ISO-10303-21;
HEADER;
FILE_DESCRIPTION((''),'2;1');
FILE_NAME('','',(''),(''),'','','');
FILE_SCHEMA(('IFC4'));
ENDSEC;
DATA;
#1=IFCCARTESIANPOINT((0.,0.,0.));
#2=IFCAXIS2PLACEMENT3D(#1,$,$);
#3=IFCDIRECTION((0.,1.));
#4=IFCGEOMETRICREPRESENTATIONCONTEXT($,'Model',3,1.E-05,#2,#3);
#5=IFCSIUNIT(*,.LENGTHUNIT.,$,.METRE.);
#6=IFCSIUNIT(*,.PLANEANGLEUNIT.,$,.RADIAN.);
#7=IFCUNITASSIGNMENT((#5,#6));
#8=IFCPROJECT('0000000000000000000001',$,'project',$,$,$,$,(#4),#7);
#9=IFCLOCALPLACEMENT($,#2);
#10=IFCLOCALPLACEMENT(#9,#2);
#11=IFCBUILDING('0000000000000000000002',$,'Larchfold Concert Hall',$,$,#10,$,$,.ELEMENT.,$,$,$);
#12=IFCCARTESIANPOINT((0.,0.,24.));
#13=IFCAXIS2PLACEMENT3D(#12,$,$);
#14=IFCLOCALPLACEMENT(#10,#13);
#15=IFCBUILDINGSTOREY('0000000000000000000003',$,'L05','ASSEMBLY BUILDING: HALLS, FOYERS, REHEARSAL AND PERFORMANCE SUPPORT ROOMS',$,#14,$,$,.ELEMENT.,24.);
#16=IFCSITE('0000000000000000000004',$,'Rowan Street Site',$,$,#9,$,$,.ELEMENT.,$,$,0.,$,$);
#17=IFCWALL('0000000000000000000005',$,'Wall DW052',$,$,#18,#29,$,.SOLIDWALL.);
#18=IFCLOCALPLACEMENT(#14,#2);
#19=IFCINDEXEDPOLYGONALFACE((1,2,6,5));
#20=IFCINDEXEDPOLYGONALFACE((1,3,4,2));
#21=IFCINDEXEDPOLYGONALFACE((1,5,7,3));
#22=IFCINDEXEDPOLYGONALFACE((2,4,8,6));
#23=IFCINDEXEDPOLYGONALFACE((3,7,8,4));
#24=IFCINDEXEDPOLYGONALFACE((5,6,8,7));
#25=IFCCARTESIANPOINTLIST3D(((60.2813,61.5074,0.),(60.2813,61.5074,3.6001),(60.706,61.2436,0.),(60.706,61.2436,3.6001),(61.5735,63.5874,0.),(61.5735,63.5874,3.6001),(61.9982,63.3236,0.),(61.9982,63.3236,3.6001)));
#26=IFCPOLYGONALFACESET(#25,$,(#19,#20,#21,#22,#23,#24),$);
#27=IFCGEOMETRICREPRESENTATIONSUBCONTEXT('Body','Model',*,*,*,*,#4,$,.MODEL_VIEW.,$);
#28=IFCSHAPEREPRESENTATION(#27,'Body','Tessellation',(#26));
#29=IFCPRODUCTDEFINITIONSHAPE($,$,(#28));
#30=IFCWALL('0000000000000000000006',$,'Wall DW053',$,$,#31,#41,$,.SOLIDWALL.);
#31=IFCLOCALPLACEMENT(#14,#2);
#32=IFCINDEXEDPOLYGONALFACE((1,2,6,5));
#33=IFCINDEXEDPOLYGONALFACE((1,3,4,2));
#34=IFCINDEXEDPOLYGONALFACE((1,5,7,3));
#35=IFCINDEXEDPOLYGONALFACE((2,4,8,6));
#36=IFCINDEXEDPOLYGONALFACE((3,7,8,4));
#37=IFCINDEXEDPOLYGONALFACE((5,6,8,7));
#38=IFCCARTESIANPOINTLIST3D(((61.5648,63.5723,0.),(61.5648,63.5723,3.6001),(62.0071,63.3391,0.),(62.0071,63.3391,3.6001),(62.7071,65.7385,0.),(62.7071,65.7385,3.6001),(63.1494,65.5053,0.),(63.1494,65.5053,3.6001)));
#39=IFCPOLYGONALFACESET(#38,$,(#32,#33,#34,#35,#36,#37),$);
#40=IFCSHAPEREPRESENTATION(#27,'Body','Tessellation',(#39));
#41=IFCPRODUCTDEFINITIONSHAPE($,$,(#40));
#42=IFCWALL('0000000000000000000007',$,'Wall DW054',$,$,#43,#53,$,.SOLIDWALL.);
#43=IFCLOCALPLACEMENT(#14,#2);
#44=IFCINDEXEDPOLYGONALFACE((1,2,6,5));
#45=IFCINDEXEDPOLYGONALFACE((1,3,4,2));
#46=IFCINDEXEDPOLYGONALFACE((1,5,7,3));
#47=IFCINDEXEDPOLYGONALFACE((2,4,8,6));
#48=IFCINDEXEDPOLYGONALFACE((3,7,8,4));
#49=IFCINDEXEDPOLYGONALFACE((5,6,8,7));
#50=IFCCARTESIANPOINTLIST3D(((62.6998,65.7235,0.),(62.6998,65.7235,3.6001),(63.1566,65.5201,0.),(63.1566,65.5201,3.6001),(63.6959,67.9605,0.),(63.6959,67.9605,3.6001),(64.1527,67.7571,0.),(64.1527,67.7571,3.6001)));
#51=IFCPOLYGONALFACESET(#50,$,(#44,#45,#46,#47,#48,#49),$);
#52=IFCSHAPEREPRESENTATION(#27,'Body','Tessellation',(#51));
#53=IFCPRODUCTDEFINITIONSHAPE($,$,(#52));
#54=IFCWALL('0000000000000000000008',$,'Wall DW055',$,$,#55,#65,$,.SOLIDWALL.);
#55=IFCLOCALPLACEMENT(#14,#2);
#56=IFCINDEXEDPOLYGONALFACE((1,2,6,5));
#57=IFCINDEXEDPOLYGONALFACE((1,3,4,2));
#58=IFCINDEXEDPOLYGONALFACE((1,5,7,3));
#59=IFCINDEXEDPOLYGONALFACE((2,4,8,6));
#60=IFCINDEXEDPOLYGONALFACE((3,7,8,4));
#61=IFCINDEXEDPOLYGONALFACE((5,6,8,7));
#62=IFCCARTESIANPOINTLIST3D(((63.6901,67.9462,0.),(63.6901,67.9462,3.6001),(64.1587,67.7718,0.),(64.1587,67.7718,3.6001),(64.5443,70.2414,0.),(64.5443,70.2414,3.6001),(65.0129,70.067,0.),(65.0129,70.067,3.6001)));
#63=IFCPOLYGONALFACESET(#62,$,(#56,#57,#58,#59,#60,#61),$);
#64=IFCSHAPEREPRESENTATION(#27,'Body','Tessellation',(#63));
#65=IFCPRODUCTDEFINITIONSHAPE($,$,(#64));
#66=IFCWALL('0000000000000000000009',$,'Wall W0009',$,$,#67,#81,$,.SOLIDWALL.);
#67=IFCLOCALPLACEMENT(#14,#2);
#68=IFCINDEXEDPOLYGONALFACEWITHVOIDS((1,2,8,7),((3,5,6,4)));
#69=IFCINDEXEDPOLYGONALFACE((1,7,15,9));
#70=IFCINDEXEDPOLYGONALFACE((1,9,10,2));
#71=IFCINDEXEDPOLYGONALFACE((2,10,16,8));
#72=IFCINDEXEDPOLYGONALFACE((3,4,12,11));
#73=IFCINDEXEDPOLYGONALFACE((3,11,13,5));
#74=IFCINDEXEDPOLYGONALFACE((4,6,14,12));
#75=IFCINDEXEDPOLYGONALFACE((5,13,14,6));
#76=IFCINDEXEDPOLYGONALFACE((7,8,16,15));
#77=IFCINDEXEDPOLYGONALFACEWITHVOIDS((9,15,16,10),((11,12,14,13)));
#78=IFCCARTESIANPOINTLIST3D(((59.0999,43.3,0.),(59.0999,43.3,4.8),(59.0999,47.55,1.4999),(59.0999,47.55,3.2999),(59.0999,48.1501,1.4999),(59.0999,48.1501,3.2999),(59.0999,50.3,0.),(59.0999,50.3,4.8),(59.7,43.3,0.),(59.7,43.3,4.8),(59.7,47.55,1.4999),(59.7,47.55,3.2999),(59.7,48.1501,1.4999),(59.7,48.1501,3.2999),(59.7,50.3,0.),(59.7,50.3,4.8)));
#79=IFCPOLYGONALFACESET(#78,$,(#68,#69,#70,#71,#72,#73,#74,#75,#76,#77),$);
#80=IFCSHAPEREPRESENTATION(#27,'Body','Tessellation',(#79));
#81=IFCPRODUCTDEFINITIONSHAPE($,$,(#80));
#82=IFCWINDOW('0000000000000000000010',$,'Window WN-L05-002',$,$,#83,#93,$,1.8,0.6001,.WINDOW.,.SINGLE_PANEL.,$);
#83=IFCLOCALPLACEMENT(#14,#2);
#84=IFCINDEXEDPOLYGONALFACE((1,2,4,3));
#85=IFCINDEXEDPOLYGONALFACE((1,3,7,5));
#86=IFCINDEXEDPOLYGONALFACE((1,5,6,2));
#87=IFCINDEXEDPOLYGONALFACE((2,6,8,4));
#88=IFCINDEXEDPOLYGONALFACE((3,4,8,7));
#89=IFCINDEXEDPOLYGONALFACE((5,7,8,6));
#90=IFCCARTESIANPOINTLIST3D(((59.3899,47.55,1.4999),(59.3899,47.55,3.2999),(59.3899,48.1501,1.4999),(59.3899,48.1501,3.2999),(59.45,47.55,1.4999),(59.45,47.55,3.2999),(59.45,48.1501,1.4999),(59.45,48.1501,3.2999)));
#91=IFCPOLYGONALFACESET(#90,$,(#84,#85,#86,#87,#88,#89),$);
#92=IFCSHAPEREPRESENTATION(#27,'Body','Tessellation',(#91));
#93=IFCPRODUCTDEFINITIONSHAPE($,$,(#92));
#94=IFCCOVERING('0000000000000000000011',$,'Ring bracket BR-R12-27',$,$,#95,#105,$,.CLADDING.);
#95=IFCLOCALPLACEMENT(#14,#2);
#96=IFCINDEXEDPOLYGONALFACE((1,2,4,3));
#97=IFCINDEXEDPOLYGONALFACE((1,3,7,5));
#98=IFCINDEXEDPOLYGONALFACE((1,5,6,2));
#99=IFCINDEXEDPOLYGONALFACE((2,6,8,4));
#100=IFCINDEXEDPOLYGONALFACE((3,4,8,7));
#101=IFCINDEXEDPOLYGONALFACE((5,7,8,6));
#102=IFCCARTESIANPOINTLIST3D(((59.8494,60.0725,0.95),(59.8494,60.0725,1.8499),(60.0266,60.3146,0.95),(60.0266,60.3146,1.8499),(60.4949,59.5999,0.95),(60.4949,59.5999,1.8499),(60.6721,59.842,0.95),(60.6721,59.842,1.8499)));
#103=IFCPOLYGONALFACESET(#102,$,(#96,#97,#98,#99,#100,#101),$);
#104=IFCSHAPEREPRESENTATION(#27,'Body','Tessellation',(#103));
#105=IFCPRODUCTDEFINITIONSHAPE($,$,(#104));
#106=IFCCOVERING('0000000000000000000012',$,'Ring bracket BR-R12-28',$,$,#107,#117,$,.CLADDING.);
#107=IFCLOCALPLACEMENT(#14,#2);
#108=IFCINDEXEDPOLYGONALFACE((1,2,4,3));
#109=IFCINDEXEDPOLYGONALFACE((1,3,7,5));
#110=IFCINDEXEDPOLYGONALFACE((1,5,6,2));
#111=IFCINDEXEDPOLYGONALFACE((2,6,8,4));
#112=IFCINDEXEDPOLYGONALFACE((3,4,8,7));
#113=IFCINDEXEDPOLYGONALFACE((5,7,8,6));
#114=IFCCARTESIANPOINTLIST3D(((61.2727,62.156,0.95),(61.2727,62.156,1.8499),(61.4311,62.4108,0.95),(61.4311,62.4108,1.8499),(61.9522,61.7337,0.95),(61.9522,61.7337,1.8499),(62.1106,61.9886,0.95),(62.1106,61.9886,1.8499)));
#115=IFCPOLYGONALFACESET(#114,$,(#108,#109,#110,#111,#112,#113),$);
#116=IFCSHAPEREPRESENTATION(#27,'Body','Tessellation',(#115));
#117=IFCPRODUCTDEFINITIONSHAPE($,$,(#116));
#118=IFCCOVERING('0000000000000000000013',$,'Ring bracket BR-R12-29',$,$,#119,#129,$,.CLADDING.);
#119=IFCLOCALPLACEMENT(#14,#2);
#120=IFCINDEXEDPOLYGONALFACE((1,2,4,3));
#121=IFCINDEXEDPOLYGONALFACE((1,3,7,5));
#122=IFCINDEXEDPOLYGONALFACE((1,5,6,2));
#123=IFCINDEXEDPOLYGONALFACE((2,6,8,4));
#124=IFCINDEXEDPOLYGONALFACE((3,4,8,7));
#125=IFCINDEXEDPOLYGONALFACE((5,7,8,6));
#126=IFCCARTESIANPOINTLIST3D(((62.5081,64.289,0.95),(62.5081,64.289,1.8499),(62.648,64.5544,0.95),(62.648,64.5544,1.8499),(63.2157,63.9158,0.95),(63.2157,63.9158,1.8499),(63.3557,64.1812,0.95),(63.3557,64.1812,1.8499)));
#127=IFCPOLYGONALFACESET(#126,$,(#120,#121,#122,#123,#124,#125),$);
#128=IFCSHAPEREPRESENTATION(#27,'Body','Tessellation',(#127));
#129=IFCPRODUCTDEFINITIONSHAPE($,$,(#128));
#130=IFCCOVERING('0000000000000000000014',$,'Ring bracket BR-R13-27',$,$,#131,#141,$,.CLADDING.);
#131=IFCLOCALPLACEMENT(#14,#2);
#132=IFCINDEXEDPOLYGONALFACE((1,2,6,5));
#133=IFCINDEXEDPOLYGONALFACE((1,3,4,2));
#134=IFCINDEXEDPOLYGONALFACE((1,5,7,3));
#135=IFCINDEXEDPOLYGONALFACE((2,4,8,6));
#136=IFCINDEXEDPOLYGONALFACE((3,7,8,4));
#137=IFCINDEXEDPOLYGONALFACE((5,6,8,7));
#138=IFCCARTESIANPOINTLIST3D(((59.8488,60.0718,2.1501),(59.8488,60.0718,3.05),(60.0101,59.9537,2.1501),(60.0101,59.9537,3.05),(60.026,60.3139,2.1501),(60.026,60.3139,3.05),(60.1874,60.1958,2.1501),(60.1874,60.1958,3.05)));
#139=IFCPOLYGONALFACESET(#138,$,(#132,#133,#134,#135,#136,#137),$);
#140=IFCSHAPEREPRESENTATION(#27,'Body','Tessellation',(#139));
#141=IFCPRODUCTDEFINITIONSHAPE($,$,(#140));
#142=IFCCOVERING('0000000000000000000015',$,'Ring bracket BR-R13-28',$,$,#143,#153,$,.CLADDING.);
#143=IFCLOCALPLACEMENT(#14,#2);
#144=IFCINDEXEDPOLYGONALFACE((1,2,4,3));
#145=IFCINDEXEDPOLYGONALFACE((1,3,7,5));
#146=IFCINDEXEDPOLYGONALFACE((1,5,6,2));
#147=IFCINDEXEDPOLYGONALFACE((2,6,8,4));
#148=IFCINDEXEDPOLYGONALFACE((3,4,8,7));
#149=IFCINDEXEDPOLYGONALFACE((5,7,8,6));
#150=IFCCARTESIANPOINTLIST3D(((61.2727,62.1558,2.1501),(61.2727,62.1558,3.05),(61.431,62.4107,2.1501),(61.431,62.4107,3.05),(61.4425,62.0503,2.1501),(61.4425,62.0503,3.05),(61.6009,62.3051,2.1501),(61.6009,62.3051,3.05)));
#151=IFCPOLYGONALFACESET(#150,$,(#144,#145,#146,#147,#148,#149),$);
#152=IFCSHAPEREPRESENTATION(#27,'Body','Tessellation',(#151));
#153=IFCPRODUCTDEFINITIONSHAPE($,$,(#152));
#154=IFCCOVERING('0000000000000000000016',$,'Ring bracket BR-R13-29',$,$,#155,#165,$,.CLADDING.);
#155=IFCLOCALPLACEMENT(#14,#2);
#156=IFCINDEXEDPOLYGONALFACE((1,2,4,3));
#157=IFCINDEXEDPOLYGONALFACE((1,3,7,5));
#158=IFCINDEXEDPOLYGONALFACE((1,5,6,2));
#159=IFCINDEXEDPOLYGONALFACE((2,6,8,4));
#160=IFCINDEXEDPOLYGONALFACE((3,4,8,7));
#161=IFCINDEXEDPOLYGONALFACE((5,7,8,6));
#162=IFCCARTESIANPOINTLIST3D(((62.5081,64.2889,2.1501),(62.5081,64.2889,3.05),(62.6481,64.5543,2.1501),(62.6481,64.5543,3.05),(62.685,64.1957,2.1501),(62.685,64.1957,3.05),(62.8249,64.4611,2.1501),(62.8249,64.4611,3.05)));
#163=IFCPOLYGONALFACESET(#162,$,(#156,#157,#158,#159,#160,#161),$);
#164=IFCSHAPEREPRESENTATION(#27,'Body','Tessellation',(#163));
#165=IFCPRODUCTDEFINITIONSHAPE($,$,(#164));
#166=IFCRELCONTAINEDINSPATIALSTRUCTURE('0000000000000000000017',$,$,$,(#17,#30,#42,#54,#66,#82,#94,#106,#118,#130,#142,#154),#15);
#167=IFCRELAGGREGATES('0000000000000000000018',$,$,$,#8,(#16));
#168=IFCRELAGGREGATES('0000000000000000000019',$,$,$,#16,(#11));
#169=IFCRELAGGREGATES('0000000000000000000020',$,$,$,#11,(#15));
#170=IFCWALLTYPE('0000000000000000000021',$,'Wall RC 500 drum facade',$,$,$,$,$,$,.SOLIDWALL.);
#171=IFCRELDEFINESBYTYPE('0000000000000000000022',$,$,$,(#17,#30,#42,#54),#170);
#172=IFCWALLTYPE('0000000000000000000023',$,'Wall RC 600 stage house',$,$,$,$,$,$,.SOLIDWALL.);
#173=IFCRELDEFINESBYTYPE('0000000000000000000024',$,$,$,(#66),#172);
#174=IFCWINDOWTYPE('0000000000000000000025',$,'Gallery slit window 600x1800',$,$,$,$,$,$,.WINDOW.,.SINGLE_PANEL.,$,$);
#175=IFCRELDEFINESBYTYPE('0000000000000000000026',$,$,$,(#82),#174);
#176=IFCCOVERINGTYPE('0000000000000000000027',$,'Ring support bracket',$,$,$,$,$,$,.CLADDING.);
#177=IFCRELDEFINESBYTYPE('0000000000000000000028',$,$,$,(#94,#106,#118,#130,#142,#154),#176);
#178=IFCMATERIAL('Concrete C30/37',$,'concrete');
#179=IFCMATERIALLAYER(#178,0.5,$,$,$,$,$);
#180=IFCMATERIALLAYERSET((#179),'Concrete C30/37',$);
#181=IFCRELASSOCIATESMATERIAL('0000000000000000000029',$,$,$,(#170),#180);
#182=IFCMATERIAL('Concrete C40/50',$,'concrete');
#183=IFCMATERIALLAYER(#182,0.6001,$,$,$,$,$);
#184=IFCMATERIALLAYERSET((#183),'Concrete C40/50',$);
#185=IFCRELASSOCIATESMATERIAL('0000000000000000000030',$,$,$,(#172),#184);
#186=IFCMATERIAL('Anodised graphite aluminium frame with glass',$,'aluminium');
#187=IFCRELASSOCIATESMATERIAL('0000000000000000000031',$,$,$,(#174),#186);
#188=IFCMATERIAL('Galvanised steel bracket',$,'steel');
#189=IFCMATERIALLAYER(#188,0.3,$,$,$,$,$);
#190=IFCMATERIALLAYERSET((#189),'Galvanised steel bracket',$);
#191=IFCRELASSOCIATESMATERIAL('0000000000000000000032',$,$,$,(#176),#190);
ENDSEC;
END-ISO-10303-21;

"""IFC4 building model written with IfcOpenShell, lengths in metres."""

from ifc_helpers import new_model, si_unit, direction, frame, frame_2d, origin, origin_2d, place, context, subcontext, project, spatial, rectangle, extrude, material, layer, layer_set, type_object, element, fill, save


model = new_model("IFC4")

# Units and contexts
model_context = context("Model", 3, precision=1e-05, world=origin(), true_north=direction((0.0, 1.0)))
body_context = subcontext(model_context, "Body", "Model", "MODEL_VIEW")
ifc_project = project(units=[si_unit("LENGTHUNIT", "METRE"), si_unit("PLANEANGLEUNIT", "RADIAN")], contexts=[model_context])

# Site, building, storey
site_placement = place(None, origin())
site = spatial("IfcSite", under=ifc_project, at=site_placement, Name="Rowan Street Site", CompositionType="ELEMENT", RefElevation=0.0)
building_placement = place(site_placement, origin())
building = spatial("IfcBuilding", under=site, at=building_placement, Name="Larchfold Concert Hall", CompositionType="ELEMENT")
storey_placement = place(building_placement, frame((0.0, 0.0, 24.0)))
storey = spatial("IfcBuildingStorey", under=building, at=storey_placement, Name="L05", Description="ASSEMBLY BUILDING: HALLS, FOYERS, REHEARSAL AND PERFORMANCE SUPPORT ROOMS", CompositionType="ELEMENT", Elevation=24.0)

# Walls
ifc_material_1 = material(Name="Concrete C30/37", Category="concrete")
ifc_layer_1 = layer(ifc_material_1, 0.5)
ifc_layer_set_1 = layer_set([ifc_layer_1], Name="Concrete C30/37")
wall_type_1 = type_object("IfcWallType", Name="Wall RC 500 drum facade", PredefinedType="SOLIDWALL", material=ifc_layer_set_1)
wall_1_placement = place(storey_placement, frame((60.4937, 61.3755, 0.0), z_axis=(0.0, 0.0, 1.0), x_axis=(0.527703, 0.849429, 0.0)))
element("IfcWall", 1, at=wall_1_placement, inside=storey, type_object=wall_type_1, Name="Wall DW052", PredefinedType="SOLIDWALL", context=body_context, shape_type="SweptSolid", body=[
    extrude(rectangle(XDim=2.4487, YDim=0.5, at=frame_2d((1.2244, 0.0))), origin(), (0.0, 0.0, 1.0), 3.6001),
])
wall_2_placement = place(storey_placement, frame((61.7859, 63.4556, 0.0), z_axis=(0.0, 0.0, 1.0), x_axis=(0.466449, 0.884548, 0.0)))
element("IfcWall", 2, at=wall_2_placement, inside=storey, type_object=wall_type_1, Name="Wall DW053", PredefinedType="SOLIDWALL", context=body_context, shape_type="SweptSolid", body=[
    extrude(rectangle(XDim=2.449, YDim=0.5, at=frame_2d((1.2246, 0.0))), origin(), (0.0, 0.0, 1.0), 3.6001),
])
wall_3_placement = place(storey_placement, frame((62.9282, 65.6218, 0.0), z_axis=(0.0, 0.0, 1.0), x_axis=(0.406767, 0.913532, 0.0)))
element("IfcWall", 3, at=wall_3_placement, inside=storey, type_object=wall_type_1, Name="Wall DW054", PredefinedType="SOLIDWALL", context=body_context, shape_type="SweptSolid", body=[
    extrude(rectangle(XDim=2.4487, YDim=0.5, at=frame_2d((1.2244, 0.0))), origin(), (0.0, 0.0, 1.0), 3.6001),
])
wall_4_placement = place(storey_placement, frame((63.9243, 67.8589, 0.0), z_axis=(0.0, 0.0, 1.0), x_axis=(0.348817, 0.937191, 0.0)))
element("IfcWall", 4, at=wall_4_placement, inside=storey, type_object=wall_type_1, Name="Wall DW055", PredefinedType="SOLIDWALL", context=body_context, shape_type="SweptSolid", body=[
    extrude(rectangle(XDim=2.449, YDim=0.5, at=frame_2d((1.2246, 0.0))), origin(), (0.0, 0.0, 1.0), 3.6001),
])

# Wall, opening, window
ifc_material_2 = material(Name="Concrete C40/50", Category="concrete")
ifc_layer_2 = layer(ifc_material_2, 0.6001)
ifc_layer_set_2 = layer_set([ifc_layer_2], Name="Concrete C40/50")
wall_type_2 = type_object("IfcWallType", Name="Wall RC 600 stage house", PredefinedType="SOLIDWALL", material=ifc_layer_set_2)
wall_5_placement = place(storey_placement, frame((59.3999, 43.3, 0.0), z_axis=(0.0, 0.0, 1.0), x_axis=(0.0, 1.0, 0.0)))
wall_5 = element("IfcWall", 5, at=wall_5_placement, inside=storey, type_object=wall_type_2, Name="Wall W0009", PredefinedType="SOLIDWALL", context=body_context, shape_type="SweptSolid", body=[
    extrude(rectangle(XDim=7.0, YDim=0.6001, at=frame_2d((3.5, 0.0))), origin(), (0.0, 0.0, 1.0), 4.8),
])
opening_placement = place(wall_5_placement, frame((4.25, 0.0, 1.5)))
opening = element("IfcOpeningElement", 6, at=opening_placement, cuts=wall_5, PredefinedType="OPENING", context=body_context, shape_type="SweptSolid", body=[
    extrude(rectangle(XDim=0.6001, YDim=1.8, at=frame_2d((0.3, 0.8999))), frame((0.0, 0.3101, 0.0), z_axis=(0.0, -1.0, 0.0), x_axis=(1.0, 0.0, 0.0)), (0.0, 0.0, 1.0), 0.6201),
])
ifc_material_3 = material(Name="Anodised graphite aluminium frame with glass", Category="aluminium")
window_type = type_object("IfcWindowType", Name="Gallery slit window 600x1800", PartitioningType="SINGLE_PANEL", PredefinedType="WINDOW", material=ifc_material_3)
window_placement = place(opening_placement, origin())
window = element("IfcWindow", 7, at=window_placement, inside=storey, type_object=window_type, Name="Window WN-L05-002", OverallHeight=1.8, OverallWidth=0.6001, PartitioningType="SINGLE_PANEL", PredefinedType="WINDOW", context=body_context, shape_type="SweptSolid", body=[
    extrude(rectangle(XDim=0.6001, YDim=1.8, at=frame_2d((0.3, 0.8999))), frame((0.0, 0.01, 0.0), z_axis=(0.0, -1.0, 0.0), x_axis=(1.0, 0.0, 0.0)), (0.0, 0.0, 1.0), 0.0601),
])
fill(opening, window)

# Coverings
ifc_material_4 = material(Name="Galvanised steel bracket", Category="steel")
ifc_layer_3 = layer(ifc_material_4, 0.3)
ifc_layer_set_3 = layer_set([ifc_layer_3], Name="Galvanised steel bracket")
covering_type = type_object("IfcCoveringType", Name="Ring support bracket", PredefinedType="CLADDING", material=ifc_layer_set_3)
for number, where, z_axis, x_axis, name in (
    (8, (60.2607, 59.9573, 0.95), (0.0, 0.0, 1.0), (0.806849, -0.590758, 0.0), "Ring bracket BR-R12-27"),
    (9, (61.6917, 62.0723, 0.95), (0.0, 0.0, 1.0), (0.849391, -0.527764, 0.0), "Ring bracket BR-R12-28"),
    (10, (62.9319, 64.2351, 0.95), (0.0, 0.0, 1.0), (0.884536, -0.466473, 0.0), "Ring bracket BR-R12-29"),
):
    element("IfcCovering", number, at=place(storey_placement, frame(where, z_axis=z_axis, x_axis=x_axis)), inside=storey, type_object=covering_type, Name=name, PredefinedType="CLADDING", context=body_context, shape_type="SweptSolid", body=[
        extrude(rectangle(XDim=0.8, YDim=0.3, at=origin_2d()), origin(), (0.0, 0.0, 1.0), 0.8999),
    ])
for number, where, z_axis, x_axis, name in (
    (11, (60.0181, 60.1338, 2.1501), (0.0, 0.0, 1.0), (0.806849, -0.590758, 0.0), "Ring bracket BR-R13-27"),
    (12, (61.4368, 62.2305, 2.1501), (0.0, 0.0, 1.0), (0.849391, -0.527764, 0.0), "Ring bracket BR-R13-28"),
    (13, (62.6665, 64.375, 2.1501), (0.0, 0.0, 1.0), (0.884536, -0.466473, 0.0), "Ring bracket BR-R13-29"),
):
    element("IfcCovering", number, at=place(storey_placement, frame(where, z_axis=z_axis, x_axis=x_axis)), inside=storey, type_object=covering_type, Name=name, PredefinedType="CLADDING", context=body_context, shape_type="SweptSolid", body=[
        extrude(rectangle(XDim=0.2, YDim=0.3, at=origin_2d()), origin(), (0.0, 0.0, 1.0), 0.8999),
    ])

save(model, "model.ifc")
